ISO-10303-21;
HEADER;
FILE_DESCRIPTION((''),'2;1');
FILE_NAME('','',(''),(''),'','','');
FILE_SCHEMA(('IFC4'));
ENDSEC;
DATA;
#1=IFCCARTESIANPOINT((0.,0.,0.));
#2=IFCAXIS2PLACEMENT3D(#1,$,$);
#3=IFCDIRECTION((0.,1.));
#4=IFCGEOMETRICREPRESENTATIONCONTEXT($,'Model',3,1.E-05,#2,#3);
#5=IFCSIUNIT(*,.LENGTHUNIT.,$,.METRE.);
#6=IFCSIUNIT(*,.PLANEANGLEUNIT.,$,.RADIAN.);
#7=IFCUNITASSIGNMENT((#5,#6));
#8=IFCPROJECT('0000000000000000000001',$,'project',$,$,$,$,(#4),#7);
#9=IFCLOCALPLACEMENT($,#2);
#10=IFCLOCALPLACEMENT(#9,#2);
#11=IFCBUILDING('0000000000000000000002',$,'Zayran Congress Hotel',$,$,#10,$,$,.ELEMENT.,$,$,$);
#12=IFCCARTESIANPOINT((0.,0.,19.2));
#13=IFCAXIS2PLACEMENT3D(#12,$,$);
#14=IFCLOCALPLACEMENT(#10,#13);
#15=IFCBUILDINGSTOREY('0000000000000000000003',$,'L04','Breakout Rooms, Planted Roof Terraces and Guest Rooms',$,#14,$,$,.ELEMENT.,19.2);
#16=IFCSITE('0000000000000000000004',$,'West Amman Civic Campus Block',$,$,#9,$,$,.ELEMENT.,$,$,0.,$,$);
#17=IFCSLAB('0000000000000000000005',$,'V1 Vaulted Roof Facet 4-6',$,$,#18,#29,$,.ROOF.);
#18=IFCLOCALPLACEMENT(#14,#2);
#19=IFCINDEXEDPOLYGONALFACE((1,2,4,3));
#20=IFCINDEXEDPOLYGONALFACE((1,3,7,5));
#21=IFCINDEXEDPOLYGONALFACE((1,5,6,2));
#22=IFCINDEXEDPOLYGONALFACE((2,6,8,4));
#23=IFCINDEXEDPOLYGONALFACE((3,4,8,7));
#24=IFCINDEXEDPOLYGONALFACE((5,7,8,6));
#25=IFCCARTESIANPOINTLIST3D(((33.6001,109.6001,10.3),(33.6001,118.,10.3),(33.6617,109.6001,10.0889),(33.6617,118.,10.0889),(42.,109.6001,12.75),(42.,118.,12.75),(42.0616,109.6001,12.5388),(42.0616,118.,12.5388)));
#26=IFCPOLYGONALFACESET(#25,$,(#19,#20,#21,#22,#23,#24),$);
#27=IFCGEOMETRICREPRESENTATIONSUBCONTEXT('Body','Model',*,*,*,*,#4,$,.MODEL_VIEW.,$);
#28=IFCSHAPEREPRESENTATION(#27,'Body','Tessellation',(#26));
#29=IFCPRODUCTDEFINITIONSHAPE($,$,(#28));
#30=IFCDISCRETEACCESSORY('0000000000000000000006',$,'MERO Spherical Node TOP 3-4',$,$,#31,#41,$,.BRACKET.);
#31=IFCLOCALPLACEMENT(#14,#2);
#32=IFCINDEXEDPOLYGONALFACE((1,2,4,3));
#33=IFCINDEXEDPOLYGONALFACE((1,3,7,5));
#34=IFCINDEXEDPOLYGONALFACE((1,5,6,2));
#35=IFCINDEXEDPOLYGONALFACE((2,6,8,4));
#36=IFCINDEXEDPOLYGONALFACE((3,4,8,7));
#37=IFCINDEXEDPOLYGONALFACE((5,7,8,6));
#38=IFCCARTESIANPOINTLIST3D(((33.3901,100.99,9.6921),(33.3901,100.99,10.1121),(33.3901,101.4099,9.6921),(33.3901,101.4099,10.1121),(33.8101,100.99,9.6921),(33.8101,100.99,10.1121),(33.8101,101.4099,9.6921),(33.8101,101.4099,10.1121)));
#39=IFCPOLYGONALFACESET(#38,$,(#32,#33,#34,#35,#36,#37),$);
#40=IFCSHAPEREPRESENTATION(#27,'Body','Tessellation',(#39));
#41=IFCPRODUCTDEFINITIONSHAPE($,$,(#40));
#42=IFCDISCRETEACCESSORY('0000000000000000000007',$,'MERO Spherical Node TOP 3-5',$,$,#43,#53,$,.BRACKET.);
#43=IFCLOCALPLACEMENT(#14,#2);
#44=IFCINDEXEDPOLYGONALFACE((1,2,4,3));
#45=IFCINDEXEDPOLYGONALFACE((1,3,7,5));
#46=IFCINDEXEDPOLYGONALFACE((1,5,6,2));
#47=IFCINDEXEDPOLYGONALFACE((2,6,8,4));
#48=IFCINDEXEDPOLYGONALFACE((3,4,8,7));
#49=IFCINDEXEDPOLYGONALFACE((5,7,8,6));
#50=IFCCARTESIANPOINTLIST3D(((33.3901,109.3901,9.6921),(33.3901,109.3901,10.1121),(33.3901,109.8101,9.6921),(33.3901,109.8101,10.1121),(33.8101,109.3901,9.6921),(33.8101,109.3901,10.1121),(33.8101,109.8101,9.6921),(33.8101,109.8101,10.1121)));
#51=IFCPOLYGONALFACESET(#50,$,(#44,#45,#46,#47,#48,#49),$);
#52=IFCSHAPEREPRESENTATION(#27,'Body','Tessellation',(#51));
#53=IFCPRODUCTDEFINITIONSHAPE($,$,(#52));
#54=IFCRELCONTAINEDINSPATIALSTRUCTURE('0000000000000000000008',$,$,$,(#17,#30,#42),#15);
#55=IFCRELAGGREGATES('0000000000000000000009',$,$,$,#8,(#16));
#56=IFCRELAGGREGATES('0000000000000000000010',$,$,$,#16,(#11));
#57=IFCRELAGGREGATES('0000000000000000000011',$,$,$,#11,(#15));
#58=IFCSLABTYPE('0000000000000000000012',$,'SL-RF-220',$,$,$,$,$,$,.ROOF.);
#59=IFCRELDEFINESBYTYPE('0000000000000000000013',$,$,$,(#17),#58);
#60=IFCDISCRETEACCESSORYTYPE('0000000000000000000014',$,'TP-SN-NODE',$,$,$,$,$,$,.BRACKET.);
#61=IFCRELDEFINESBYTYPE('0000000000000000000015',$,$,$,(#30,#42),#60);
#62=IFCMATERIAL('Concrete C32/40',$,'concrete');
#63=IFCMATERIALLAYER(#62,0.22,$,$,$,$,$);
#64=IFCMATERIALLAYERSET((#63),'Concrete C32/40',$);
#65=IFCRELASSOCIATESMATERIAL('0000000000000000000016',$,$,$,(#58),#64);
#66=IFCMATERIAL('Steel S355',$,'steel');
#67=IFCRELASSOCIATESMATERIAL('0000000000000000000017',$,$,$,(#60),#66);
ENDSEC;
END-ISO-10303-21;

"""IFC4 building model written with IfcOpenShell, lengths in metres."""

from ifc_helpers import new_model, si_unit, direction, frame, origin, origin_2d, place, context, subcontext, project, spatial, polyline, rectangle, outline, extrude, material, layer, layer_set, type_object, element, save


model = new_model("IFC4")

# Units and contexts
model_context = context("Model", 3, precision=1e-05, world=origin(), true_north=direction((0.0, 1.0)))
body_context = subcontext(model_context, "Body", "Model", "MODEL_VIEW")
ifc_project = project(units=[si_unit("LENGTHUNIT", "METRE"), si_unit("PLANEANGLEUNIT", "RADIAN")], contexts=[model_context])

# Site, building, storey
site_placement = place(None, origin())
site = spatial("IfcSite", under=ifc_project, at=site_placement, Name="West Amman Civic Campus Block", CompositionType="ELEMENT", RefElevation=0.0)
building_placement = place(site_placement, origin())
building = spatial("IfcBuilding", under=site, at=building_placement, Name="Zayran Congress Hotel", CompositionType="ELEMENT")
storey_placement = place(building_placement, frame((0.0, 0.0, 19.2)))
storey = spatial("IfcBuildingStorey", under=building, at=storey_placement, Name="L04", Description="Breakout Rooms, Planted Roof Terraces and Guest Rooms", CompositionType="ELEMENT", Elevation=19.2)

# Shared definitions
ifc_material_1 = material(Name="Steel S355", Category="steel")

# Slab
ifc_material_2 = material(Name="Concrete C32/40", Category="concrete")
ifc_layer_1 = layer(ifc_material_2, 0.22)
ifc_layer_set_1 = layer_set([ifc_layer_1], Name="Concrete C32/40")
slab_type = type_object("IfcSlabType", Name="SL-RF-220", PredefinedType="ROOF", material=ifc_layer_set_1)
slab_1_placement = place(storey_placement, frame((33.6001, 109.6001, 10.3), z_axis=(-0.279998, 0.0, 0.960001), x_axis=(0.960001, 0.0, 0.279998)))
element("IfcSlab", 1, at=slab_1_placement, inside=storey, type_object=slab_type, Name="V1 Vaulted Roof Facet 4-6", PredefinedType="ROOF", context=body_context, shape_type="SweptSolid", body=[
    extrude(outline(polyline([(0.0, 0.0), (8.7499, 0.0), (8.7499, 8.3999), (0.0, 8.3999), (0.0, 0.0)])), origin(), (0.0, 0.0, -1.0), 0.22),
])

# Discrete accessories
discrete_accessory_type = type_object("IfcDiscreteAccessoryType", Name="TP-SN-NODE", PredefinedType="BRACKET", material=ifc_material_1)
for number, where, z_axis, x_axis, name in (
    (2, (33.6001, 101.2, 9.6921), (0.0, 0.0, 1.0), (1.0, 0.0, 0.0), "MERO Spherical Node TOP 3-4"),
    (3, (33.6001, 109.6001, 9.6921), (0.0, 0.0, 1.0), (1.0, 0.0, 0.0), "MERO Spherical Node TOP 3-5"),
):
    element("IfcDiscreteAccessory", number, at=place(storey_placement, frame(where, z_axis=z_axis, x_axis=x_axis)), inside=storey, type_object=discrete_accessory_type, Name=name, PredefinedType="BRACKET", context=body_context, shape_type="SweptSolid", body=[
        extrude(rectangle(XDim=0.4199, YDim=0.4199, at=origin_2d()), origin(), (0.0, 0.0, 1.0), 0.4199),
    ])

save(model, "model.ifc")
